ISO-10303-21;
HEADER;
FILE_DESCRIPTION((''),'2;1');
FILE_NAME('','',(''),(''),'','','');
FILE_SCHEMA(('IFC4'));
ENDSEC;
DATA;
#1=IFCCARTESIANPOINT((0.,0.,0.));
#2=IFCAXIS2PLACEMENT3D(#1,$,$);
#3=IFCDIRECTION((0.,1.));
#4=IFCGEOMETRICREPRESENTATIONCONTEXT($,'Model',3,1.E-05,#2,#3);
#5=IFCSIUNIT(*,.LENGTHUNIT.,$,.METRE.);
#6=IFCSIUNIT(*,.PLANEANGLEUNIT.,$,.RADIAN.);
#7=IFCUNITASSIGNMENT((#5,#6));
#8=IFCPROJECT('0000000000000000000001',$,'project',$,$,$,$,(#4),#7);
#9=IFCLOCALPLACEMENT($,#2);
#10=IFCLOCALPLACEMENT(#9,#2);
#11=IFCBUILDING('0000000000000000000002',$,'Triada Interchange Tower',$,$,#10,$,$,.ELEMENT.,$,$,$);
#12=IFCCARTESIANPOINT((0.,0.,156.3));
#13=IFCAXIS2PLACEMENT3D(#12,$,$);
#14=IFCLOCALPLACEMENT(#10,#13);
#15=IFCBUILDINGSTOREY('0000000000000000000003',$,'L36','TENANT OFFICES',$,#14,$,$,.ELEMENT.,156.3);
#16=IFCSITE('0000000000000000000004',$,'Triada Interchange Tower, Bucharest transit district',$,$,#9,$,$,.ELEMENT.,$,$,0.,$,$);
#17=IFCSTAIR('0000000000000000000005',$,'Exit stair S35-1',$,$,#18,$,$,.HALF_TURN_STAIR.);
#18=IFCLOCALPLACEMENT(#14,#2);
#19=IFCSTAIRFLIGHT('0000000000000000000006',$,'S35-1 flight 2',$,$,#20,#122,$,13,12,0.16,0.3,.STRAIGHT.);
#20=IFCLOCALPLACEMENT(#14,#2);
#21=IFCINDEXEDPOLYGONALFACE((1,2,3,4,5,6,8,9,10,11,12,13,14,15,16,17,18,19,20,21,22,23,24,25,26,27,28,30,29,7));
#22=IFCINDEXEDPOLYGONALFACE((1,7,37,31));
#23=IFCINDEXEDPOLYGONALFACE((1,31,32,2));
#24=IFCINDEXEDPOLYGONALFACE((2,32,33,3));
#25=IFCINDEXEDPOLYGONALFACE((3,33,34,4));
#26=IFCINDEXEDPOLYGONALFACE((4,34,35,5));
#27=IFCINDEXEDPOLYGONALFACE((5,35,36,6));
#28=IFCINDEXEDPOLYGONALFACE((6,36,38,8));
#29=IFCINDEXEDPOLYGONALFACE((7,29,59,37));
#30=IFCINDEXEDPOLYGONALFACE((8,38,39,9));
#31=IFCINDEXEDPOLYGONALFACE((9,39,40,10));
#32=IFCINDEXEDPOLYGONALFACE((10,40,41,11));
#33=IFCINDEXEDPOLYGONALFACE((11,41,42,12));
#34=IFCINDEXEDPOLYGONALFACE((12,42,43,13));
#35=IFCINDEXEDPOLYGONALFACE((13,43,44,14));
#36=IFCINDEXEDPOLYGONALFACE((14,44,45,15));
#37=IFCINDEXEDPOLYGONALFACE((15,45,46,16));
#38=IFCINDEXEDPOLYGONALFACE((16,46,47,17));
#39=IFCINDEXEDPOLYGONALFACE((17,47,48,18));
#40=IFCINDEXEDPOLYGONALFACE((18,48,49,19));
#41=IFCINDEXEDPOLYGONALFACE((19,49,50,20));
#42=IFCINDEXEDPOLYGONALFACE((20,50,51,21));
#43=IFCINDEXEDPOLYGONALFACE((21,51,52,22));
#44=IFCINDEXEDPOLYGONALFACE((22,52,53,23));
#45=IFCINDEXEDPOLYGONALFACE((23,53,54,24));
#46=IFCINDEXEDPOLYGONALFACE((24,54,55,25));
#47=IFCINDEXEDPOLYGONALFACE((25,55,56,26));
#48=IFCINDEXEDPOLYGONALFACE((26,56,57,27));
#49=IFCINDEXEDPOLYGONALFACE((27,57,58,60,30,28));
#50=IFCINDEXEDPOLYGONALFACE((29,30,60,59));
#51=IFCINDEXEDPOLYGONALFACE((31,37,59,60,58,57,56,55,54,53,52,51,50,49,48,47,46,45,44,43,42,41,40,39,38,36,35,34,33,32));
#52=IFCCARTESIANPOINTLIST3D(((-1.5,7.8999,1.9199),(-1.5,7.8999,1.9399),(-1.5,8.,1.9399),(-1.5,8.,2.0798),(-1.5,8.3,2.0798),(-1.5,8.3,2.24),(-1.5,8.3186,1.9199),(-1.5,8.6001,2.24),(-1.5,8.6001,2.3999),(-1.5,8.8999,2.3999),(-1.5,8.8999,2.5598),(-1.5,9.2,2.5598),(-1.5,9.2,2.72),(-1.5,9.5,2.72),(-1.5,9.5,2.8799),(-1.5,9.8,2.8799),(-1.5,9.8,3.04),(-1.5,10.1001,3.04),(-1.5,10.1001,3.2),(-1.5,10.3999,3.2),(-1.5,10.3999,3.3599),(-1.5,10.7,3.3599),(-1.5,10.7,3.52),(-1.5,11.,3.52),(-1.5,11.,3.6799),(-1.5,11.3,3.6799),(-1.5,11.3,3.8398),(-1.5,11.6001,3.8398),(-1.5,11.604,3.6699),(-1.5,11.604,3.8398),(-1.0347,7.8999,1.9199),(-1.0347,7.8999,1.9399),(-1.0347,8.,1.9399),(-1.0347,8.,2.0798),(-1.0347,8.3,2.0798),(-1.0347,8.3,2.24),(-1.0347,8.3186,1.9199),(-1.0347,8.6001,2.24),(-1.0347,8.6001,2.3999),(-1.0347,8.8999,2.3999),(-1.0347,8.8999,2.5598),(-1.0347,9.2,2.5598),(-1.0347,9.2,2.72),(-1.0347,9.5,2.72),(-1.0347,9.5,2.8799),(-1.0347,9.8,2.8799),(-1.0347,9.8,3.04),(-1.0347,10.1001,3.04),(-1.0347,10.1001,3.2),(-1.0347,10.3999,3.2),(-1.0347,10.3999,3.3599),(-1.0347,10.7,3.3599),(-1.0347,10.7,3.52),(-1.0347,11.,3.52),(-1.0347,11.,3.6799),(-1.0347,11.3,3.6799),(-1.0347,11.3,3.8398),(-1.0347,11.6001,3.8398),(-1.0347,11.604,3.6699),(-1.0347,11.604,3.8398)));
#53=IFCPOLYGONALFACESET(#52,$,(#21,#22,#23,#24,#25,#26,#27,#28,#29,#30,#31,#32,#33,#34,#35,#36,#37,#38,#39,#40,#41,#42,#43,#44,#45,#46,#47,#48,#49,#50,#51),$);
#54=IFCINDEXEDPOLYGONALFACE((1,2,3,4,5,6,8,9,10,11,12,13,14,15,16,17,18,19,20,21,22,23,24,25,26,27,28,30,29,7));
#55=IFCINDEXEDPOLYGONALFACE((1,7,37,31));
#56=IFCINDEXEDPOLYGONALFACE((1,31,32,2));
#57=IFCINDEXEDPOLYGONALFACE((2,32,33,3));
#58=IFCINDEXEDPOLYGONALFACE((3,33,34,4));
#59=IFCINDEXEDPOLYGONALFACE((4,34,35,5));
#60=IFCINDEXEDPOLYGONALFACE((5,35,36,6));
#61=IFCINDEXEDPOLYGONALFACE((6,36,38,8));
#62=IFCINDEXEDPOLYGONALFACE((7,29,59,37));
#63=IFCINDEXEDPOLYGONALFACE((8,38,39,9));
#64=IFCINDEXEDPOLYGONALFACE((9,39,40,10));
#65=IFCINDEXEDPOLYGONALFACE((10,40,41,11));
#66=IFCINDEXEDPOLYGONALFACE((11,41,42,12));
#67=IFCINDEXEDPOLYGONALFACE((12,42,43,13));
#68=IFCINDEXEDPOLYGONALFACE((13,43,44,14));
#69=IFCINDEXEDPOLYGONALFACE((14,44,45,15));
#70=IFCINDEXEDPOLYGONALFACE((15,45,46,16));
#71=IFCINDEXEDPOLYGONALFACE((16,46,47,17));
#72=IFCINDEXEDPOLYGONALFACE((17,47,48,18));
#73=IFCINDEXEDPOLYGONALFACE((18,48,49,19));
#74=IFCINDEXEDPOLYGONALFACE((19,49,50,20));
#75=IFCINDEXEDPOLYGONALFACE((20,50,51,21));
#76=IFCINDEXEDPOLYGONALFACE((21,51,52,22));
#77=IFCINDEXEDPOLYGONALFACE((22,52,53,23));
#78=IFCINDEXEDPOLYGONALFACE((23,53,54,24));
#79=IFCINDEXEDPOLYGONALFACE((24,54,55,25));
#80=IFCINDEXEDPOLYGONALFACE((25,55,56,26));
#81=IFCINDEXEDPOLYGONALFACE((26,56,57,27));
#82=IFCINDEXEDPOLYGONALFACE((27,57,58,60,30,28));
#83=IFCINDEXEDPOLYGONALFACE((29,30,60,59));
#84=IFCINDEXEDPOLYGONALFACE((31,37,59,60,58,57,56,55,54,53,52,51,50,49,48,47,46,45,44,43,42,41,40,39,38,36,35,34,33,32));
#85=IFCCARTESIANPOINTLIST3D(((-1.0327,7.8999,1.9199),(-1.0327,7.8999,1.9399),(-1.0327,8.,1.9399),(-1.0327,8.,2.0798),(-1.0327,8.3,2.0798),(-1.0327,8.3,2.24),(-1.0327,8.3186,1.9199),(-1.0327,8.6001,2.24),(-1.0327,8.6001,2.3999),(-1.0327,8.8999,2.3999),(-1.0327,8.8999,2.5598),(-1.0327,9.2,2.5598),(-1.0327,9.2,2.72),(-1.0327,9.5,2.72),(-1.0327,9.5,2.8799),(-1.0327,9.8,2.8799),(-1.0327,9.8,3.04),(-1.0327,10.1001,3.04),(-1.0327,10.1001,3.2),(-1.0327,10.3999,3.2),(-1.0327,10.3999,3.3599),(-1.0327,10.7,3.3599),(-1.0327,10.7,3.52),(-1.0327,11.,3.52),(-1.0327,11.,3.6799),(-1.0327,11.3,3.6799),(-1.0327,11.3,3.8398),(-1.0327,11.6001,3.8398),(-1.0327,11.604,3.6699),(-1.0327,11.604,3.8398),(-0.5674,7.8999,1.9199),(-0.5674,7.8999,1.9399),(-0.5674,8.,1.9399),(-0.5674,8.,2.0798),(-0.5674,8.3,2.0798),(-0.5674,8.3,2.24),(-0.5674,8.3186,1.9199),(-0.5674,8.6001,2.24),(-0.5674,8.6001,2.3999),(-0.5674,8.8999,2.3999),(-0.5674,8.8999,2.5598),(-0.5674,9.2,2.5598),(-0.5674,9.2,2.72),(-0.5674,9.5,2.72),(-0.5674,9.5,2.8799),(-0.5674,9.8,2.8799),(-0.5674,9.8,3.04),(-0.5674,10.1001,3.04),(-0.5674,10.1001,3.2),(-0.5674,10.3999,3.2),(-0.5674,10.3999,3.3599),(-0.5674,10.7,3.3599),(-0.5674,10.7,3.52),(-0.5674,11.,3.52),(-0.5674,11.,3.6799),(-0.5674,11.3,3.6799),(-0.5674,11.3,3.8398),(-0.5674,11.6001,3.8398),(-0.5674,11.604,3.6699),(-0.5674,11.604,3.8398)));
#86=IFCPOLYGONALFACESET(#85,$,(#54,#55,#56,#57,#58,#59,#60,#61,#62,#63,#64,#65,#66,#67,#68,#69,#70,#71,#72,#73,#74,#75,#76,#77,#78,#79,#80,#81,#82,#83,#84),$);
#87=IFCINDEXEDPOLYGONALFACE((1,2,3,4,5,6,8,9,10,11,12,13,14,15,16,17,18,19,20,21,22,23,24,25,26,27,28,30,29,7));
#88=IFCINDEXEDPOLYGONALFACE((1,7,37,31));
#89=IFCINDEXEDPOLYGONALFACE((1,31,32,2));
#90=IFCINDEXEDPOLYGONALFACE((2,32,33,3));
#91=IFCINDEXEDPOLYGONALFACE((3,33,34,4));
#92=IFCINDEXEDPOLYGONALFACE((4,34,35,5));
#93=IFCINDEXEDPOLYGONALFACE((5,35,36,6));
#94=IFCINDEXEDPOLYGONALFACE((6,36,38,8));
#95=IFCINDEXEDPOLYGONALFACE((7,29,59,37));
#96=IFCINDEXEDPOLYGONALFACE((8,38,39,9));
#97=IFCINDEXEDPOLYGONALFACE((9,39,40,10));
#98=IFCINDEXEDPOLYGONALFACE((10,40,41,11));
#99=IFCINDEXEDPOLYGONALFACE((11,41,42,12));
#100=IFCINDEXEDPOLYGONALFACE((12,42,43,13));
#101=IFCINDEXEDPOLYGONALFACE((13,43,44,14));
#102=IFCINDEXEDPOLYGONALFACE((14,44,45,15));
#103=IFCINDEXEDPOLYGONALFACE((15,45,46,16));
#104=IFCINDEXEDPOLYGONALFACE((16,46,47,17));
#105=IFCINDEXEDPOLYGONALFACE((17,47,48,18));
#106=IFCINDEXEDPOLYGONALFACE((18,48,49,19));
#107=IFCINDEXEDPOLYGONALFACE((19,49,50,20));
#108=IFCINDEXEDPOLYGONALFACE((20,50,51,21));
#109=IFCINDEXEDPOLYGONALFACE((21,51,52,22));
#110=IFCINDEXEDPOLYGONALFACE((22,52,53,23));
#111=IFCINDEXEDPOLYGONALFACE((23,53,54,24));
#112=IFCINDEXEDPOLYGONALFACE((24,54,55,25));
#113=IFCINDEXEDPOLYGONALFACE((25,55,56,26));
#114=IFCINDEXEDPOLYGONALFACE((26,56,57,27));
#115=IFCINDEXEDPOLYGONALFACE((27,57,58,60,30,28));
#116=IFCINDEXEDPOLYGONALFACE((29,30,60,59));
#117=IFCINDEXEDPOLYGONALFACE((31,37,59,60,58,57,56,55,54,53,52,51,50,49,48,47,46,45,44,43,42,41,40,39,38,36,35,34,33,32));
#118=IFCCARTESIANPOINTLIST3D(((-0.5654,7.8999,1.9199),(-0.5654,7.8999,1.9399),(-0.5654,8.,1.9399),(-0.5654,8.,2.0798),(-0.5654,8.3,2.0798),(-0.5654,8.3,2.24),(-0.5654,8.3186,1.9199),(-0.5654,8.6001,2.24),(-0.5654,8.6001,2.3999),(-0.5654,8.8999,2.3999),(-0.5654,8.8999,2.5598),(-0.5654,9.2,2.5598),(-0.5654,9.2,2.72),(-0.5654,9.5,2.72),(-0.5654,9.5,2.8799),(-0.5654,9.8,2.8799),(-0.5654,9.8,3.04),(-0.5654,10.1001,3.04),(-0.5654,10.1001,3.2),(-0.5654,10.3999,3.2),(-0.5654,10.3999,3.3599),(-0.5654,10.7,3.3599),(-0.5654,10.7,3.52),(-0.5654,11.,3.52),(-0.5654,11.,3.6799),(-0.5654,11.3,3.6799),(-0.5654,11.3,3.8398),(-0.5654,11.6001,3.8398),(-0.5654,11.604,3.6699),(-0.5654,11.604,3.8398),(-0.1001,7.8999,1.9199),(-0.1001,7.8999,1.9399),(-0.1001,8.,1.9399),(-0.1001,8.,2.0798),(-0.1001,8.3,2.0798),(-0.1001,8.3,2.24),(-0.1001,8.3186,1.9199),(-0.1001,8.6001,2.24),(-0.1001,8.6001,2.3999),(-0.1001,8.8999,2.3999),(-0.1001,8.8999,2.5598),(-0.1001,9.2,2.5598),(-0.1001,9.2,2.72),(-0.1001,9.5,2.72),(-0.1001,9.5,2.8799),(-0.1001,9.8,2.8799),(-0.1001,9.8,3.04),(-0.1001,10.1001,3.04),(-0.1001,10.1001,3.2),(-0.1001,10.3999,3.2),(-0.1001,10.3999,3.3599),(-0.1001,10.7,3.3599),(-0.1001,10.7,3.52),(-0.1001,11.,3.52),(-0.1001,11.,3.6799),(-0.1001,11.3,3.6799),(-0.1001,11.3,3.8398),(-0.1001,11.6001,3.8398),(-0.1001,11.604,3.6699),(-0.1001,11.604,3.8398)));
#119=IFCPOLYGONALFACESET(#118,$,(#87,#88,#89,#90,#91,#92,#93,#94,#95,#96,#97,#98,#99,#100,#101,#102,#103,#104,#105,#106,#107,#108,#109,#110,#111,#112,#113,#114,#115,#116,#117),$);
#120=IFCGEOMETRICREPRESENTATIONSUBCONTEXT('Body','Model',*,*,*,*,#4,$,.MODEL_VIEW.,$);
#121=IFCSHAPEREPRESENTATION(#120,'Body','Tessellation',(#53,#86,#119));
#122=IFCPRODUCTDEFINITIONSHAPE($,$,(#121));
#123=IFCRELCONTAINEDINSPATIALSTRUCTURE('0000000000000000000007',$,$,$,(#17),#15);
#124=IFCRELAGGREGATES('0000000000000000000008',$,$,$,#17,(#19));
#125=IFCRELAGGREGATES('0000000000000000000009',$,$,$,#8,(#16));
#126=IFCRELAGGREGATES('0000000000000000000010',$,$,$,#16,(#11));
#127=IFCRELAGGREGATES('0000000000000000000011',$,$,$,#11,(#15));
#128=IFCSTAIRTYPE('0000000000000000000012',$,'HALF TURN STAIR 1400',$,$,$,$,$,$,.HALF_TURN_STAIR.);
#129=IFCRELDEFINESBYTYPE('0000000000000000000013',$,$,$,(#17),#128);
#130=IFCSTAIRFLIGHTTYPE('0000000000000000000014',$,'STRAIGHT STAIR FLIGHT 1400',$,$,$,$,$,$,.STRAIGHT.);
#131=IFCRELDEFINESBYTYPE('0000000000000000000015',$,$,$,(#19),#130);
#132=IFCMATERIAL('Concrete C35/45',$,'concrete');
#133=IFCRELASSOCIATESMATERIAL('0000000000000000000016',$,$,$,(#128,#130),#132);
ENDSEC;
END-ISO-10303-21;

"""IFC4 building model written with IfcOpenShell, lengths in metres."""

from ifc_helpers import new_model, si_unit, direction, frame, origin, place, context, subcontext, project, spatial, polyline, outline, extrude, material, type_object, element, aggregate, save


model = new_model("IFC4")

# Units and contexts
model_context = context("Model", 3, precision=1e-05, world=origin(), true_north=direction((0.0, 1.0)))
body_context = subcontext(model_context, "Body", "Model", "MODEL_VIEW")
ifc_project = project(units=[si_unit("LENGTHUNIT", "METRE"), si_unit("PLANEANGLEUNIT", "RADIAN")], contexts=[model_context])

# Site, building, storey
site_placement = place(None, origin())
site = spatial("IfcSite", under=ifc_project, at=site_placement, Name="Triada Interchange Tower, Bucharest transit district", CompositionType="ELEMENT", RefElevation=0.0)
building_placement = place(site_placement, origin())
building = spatial("IfcBuilding", under=site, at=building_placement, Name="Triada Interchange Tower", CompositionType="ELEMENT")
storey_placement = place(building_placement, frame((0.0, 0.0, 156.3)))
storey = spatial("IfcBuildingStorey", under=building, at=storey_placement, Name="L36", Description="TENANT OFFICES", CompositionType="ELEMENT", Elevation=156.3)

# Stair, stair flight
ifc_material_1 = material(Name="Concrete C35/45", Category="concrete")
stair_type = type_object("IfcStairType", Name="HALF TURN STAIR 1400", PredefinedType="HALF_TURN_STAIR", material=ifc_material_1)
stair_placement = place(storey_placement, origin())
stair = element("IfcStair", 1, at=stair_placement, inside=storey, type_object=stair_type, Name="Exit stair S35-1", PredefinedType="HALF_TURN_STAIR")
stair_flight_type = type_object("IfcStairFlightType", Name="STRAIGHT STAIR FLIGHT 1400", PredefinedType="STRAIGHT", material=ifc_material_1)
stair_flight_placement = place(storey_placement, frame((-0.8, 8.0, 1.9199), z_axis=(0.0, 0.0, 1.0), x_axis=(0.0, 1.0, 0.0)))
stair_flight = element("IfcStairFlight", 2, at=stair_flight_placement, type_object=stair_flight_type, Name="S35-1 flight 2", NumberOfRisers=13, NumberOfTreads=12, PredefinedType="STRAIGHT", RiserHeight=0.16, TreadLength=0.3, context=body_context, shape_type="SweptSolid", body=[
    extrude(outline(polyline([(-0.1001, 0.0), (-0.1001, 0.02), (0.0, 0.02), (0.0, 0.1599), (0.3, 0.1599), (0.3, 0.3201), (0.6001, 0.3201), (0.6001, 0.48), (0.8999, 0.48), (0.8999, 0.6399), (1.2, 0.6399), (1.2, 0.8), (1.5, 0.8), (1.5, 0.96), (1.8, 0.96), (1.8, 1.1201), (2.1001, 1.1201), (2.1001, 1.28), (2.3999, 1.28), (2.3999, 1.4399), (2.7, 1.4399), (2.7, 1.6001), (3.0, 1.6001), (3.0, 1.76), (3.3, 1.76), (3.3, 1.9199), (3.6001, 1.9199), (3.604, 1.9199), (3.604, 2.0801), (3.604, 1.75), (0.3186, 0.0), (-0.1001, 0.0)])), frame((0.0, 0.7, 0.0), z_axis=(0.0, -1.0, 0.0), x_axis=(1.0, 0.0, 0.0)), (0.0, 0.0, 1.0), 0.4653),
    extrude(outline(polyline([(-0.1001, 0.0), (-0.1001, 0.02), (0.0, 0.02), (0.0, 0.1599), (0.3, 0.1599), (0.3, 0.3201), (0.6001, 0.3201), (0.6001, 0.48), (0.8999, 0.48), (0.8999, 0.6399), (1.2, 0.6399), (1.2, 0.8), (1.5, 0.8), (1.5, 0.96), (1.8, 0.96), (1.8, 1.1201), (2.1001, 1.1201), (2.1001, 1.28), (2.3999, 1.28), (2.3999, 1.4399), (2.7, 1.4399), (2.7, 1.6001), (3.0, 1.6001), (3.0, 1.76), (3.3, 1.76), (3.3, 1.9199), (3.6001, 1.9199), (3.604, 1.9199), (3.604, 2.0801), (3.604, 1.75), (0.3186, 0.0), (-0.1001, 0.0)])), frame((0.0, 0.2327, 0.0), z_axis=(0.0, -1.0, 0.0), x_axis=(1.0, 0.0, 0.0)), (0.0, 0.0, 1.0), 0.4653),
    extrude(outline(polyline([(-0.1001, 0.0), (-0.1001, 0.02), (0.0, 0.02), (0.0, 0.1599), (0.3, 0.1599), (0.3, 0.3201), (0.6001, 0.3201), (0.6001, 0.48), (0.8999, 0.48), (0.8999, 0.6399), (1.2, 0.6399), (1.2, 0.8), (1.5, 0.8), (1.5, 0.96), (1.8, 0.96), (1.8, 1.1201), (2.1001, 1.1201), (2.1001, 1.28), (2.3999, 1.28), (2.3999, 1.4399), (2.7, 1.4399), (2.7, 1.6001), (3.0, 1.6001), (3.0, 1.76), (3.3, 1.76), (3.3, 1.9199), (3.6001, 1.9199), (3.604, 1.9199), (3.604, 2.0801), (3.604, 1.75), (0.3186, 0.0), (-0.1001, 0.0)])), frame((0.0, -0.2346, 0.0), z_axis=(0.0, -1.0, 0.0), x_axis=(1.0, 0.0, 0.0)), (0.0, 0.0, 1.0), 0.4653),
])
aggregate(stair, [stair_flight])

save(model, "model.ifc")
